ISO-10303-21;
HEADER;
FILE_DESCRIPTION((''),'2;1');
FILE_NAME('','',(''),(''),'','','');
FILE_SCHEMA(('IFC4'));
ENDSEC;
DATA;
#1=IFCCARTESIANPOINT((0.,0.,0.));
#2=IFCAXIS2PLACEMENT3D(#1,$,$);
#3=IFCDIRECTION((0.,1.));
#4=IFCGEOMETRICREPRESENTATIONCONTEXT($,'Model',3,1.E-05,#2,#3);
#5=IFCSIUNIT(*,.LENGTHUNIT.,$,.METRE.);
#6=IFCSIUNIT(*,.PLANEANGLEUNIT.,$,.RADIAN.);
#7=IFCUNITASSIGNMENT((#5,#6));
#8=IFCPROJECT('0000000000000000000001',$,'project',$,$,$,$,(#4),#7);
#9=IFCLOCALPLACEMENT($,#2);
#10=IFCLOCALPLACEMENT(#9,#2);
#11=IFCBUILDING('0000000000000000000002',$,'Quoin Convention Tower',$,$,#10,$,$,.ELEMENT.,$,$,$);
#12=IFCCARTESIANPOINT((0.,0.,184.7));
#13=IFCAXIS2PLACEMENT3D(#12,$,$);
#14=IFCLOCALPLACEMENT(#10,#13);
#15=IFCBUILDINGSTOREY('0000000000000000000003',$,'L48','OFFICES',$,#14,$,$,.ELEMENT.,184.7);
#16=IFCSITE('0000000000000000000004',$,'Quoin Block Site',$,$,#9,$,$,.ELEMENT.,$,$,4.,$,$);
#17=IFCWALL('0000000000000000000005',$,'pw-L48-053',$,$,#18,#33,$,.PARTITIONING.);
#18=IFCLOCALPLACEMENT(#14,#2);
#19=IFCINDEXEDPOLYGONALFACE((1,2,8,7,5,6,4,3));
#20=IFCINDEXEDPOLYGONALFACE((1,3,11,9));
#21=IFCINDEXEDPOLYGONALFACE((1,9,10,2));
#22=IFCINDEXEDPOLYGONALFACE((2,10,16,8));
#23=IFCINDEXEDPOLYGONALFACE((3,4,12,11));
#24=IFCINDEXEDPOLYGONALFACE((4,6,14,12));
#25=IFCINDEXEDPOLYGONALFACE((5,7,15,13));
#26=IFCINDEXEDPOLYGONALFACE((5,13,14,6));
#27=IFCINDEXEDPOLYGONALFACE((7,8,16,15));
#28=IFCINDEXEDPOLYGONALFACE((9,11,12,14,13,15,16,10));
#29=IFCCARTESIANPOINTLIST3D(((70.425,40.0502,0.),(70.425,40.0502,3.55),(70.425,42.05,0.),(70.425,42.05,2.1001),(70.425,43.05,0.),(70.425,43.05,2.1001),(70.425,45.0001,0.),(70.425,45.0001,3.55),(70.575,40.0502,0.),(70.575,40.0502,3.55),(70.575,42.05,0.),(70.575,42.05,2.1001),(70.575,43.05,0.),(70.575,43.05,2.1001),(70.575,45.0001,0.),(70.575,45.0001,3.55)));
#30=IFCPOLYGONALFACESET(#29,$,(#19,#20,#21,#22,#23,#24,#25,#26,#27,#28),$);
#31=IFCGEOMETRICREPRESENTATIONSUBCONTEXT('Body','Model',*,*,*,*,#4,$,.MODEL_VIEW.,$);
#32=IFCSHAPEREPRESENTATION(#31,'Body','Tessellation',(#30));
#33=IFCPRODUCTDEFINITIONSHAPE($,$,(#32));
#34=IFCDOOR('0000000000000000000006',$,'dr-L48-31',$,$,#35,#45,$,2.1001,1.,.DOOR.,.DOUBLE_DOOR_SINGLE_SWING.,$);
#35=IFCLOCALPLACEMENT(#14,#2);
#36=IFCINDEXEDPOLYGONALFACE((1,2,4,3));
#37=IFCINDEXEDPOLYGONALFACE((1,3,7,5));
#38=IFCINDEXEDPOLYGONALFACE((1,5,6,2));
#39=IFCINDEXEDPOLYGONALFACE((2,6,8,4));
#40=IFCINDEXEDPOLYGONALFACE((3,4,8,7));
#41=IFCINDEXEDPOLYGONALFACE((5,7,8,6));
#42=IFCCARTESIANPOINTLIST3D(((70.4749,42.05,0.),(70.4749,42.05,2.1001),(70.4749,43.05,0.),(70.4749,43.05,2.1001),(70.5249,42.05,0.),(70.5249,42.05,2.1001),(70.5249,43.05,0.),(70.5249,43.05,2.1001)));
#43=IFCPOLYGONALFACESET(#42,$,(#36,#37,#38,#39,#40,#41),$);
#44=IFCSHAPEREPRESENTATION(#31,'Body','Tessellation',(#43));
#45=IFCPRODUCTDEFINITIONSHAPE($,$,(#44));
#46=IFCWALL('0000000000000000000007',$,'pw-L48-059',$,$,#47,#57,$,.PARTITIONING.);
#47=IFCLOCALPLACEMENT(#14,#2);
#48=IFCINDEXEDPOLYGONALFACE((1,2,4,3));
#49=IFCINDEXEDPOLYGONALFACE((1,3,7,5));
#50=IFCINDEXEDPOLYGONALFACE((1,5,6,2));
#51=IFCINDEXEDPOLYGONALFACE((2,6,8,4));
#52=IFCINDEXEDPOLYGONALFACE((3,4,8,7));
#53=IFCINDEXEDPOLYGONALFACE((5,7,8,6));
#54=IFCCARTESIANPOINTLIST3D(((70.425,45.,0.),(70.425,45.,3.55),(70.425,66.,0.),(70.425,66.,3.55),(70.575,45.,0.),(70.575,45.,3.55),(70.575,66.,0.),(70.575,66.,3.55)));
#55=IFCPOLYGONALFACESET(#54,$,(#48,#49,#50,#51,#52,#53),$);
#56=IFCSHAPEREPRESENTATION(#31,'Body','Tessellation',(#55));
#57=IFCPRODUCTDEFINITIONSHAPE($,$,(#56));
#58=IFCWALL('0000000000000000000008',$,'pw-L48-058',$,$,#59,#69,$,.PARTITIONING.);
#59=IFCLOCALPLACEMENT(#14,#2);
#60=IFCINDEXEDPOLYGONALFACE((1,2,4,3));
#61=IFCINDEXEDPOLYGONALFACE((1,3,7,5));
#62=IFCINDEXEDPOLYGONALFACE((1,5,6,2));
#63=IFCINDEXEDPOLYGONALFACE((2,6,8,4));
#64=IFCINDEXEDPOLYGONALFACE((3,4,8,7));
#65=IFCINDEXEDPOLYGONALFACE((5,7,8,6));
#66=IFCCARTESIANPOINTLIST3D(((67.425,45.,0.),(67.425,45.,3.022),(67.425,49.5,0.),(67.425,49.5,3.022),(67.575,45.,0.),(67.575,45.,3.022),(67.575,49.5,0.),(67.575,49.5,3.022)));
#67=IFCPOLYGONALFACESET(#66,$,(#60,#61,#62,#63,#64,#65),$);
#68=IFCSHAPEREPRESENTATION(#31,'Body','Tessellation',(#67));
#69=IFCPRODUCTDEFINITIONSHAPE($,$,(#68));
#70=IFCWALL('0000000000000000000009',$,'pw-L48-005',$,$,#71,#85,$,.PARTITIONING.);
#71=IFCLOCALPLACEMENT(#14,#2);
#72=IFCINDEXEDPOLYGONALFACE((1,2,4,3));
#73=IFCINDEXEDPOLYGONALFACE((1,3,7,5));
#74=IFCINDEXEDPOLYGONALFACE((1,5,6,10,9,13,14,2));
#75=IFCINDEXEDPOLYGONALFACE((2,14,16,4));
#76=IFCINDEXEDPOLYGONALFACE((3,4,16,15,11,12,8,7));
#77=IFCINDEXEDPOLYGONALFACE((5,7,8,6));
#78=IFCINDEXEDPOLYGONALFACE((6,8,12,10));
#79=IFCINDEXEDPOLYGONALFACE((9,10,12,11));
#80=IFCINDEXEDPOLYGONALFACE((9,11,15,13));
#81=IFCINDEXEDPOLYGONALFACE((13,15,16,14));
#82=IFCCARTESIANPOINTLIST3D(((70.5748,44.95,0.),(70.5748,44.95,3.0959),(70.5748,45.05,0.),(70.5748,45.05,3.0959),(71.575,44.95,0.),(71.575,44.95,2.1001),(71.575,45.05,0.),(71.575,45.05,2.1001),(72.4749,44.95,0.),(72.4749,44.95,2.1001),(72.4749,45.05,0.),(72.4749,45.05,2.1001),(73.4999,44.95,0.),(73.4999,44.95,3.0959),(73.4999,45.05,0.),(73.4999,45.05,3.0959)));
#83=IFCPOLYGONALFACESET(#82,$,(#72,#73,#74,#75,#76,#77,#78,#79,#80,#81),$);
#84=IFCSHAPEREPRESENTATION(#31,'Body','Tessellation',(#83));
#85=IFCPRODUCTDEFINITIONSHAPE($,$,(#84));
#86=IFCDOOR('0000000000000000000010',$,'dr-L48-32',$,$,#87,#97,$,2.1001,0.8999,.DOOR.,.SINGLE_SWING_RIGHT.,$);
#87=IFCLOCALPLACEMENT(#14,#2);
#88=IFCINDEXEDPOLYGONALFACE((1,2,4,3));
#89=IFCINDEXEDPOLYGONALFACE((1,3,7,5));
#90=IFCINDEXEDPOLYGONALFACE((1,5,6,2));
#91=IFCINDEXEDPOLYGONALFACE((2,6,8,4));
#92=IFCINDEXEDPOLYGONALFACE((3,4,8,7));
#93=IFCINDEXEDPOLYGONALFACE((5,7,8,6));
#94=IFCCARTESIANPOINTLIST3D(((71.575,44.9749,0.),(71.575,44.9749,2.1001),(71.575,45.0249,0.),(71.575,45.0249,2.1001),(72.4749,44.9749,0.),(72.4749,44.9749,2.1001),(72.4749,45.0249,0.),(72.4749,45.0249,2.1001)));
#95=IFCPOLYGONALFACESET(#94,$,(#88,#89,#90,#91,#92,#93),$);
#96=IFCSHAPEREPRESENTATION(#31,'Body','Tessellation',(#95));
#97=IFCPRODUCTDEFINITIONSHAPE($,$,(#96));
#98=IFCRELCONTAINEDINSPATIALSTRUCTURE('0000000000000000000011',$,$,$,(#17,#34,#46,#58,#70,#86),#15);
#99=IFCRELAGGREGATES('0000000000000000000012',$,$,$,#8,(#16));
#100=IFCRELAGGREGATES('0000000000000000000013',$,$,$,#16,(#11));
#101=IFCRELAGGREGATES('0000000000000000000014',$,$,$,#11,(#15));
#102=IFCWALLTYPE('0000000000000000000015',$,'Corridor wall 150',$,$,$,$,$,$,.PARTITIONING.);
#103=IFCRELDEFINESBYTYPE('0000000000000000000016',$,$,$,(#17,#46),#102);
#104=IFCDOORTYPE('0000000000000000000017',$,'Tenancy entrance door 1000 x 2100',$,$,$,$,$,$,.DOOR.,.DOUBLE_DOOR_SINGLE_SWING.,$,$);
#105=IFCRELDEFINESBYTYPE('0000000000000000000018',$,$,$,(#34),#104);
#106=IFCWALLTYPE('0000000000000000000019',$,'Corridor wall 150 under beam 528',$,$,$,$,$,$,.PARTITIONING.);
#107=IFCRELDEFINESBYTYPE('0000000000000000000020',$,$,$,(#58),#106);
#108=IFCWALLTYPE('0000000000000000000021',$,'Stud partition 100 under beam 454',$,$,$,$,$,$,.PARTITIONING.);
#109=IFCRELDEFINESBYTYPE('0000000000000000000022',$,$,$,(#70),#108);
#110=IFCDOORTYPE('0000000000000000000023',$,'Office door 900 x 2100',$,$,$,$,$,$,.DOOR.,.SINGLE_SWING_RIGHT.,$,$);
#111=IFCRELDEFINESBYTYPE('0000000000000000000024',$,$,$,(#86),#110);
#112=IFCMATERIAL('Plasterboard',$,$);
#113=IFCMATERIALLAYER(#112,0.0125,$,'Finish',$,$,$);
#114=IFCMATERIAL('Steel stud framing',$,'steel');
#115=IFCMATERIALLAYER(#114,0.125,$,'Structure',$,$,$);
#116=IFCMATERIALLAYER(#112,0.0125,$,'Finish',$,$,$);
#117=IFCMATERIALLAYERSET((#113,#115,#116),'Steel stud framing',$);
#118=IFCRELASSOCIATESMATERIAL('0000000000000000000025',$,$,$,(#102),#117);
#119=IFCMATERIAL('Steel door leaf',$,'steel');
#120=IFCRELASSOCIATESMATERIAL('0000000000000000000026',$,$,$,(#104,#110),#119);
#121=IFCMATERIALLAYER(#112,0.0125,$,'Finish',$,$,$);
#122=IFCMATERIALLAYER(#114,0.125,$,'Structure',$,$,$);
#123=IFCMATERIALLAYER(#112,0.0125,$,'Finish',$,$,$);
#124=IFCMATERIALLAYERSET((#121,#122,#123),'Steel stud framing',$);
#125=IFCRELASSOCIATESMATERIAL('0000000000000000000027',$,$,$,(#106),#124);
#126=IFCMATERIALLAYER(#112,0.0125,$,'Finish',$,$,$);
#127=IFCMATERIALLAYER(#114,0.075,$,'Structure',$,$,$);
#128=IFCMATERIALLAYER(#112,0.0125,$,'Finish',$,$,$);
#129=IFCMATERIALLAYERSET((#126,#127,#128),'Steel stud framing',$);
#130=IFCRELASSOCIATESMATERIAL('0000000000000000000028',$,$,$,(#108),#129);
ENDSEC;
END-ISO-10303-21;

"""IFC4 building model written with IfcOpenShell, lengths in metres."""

from ifc_helpers import new_model, si_unit, direction, frame, frame_2d, origin, place, context, subcontext, project, spatial, rectangle, extrude, material, layer, layer_set, type_object, element, fill, save


model = new_model("IFC4")

# Units and contexts
model_context = context("Model", 3, precision=1e-05, world=origin(), true_north=direction((0.0, 1.0)))
body_context = subcontext(model_context, "Body", "Model", "MODEL_VIEW")
ifc_project = project(units=[si_unit("LENGTHUNIT", "METRE"), si_unit("PLANEANGLEUNIT", "RADIAN")], contexts=[model_context])

# Site, building, storey
site_placement = place(None, origin())
site = spatial("IfcSite", under=ifc_project, at=site_placement, Name="Quoin Block Site", CompositionType="ELEMENT", RefElevation=4.0)
building_placement = place(site_placement, origin())
building = spatial("IfcBuilding", under=site, at=building_placement, Name="Quoin Convention Tower", CompositionType="ELEMENT")
storey_placement = place(building_placement, frame((0.0, 0.0, 184.7)))
storey = spatial("IfcBuildingStorey", under=building, at=storey_placement, Name="L48", Description="OFFICES", CompositionType="ELEMENT", Elevation=184.7)

# Wall, opening, door
ifc_material_1 = material(Name="Plasterboard")
ifc_layer_1 = layer(ifc_material_1, 0.0125, Name="Finish")
ifc_material_2 = material(Name="Steel stud framing", Category="steel")
ifc_layer_2 = layer(ifc_material_2, 0.125, Name="Structure")
ifc_layer_3 = layer(ifc_material_1, 0.0125, Name="Finish")
ifc_layer_set_1 = layer_set([ifc_layer_1, ifc_layer_2, ifc_layer_3], Name="Steel stud framing")
wall_type_1 = type_object("IfcWallType", Name="Corridor wall 150", PredefinedType="PARTITIONING", material=ifc_layer_set_1)
wall_1_placement = place(storey_placement, frame((70.5, 40.05, 0.0), z_axis=(0.0, 0.0, 1.0), x_axis=(0.0, 1.0, 0.0)))
wall_1 = element("IfcWall", 1, at=wall_1_placement, inside=storey, type_object=wall_type_1, Name="pw-L48-053", PredefinedType="PARTITIONING", context=body_context, shape_type="SweptSolid", body=[
    extrude(rectangle(XDim=4.95, YDim=0.1499, at=frame_2d((2.4751, 0.0))), origin(), (0.0, 0.0, 1.0), 3.55),
])
opening_1_placement = place(wall_1_placement, frame((2.0, 0.0, 0.0)))
opening_1 = element("IfcOpeningElement", 2, at=opening_1_placement, cuts=wall_1, PredefinedType="OPENING", context=body_context, shape_type="SweptSolid", body=[
    extrude(rectangle(XDim=1.0, YDim=2.1001, at=frame_2d((0.5, 1.05))), frame((0.0, 0.085, 0.0), z_axis=(0.0, -1.0, 0.0), x_axis=(1.0, 0.0, 0.0)), (0.0, 0.0, 1.0), 0.1699),
])
ifc_material_3 = material(Name="Steel door leaf", Category="steel")
door_type_1 = type_object("IfcDoorType", Name="Tenancy entrance door 1000 x 2100", OperationType="DOUBLE_DOOR_SINGLE_SWING", PredefinedType="DOOR", material=ifc_material_3)
door_1_placement = place(opening_1_placement, frame((1.0, 0.0, 0.0), z_axis=(0.0, 0.0, 1.0), x_axis=(-1.0, 0.0, 0.0)))
door_1 = element("IfcDoor", 3, at=door_1_placement, inside=storey, type_object=door_type_1, Name="dr-L48-31", OperationType="DOUBLE_DOOR_SINGLE_SWING", OverallHeight=2.1001, OverallWidth=1.0, PredefinedType="DOOR", context=body_context, shape_type="SweptSolid", body=[
    extrude(rectangle(XDim=1.0, YDim=2.1001, at=frame_2d((0.5, 1.05))), frame((0.0, 0.0249, 0.0), z_axis=(0.0, -1.0, 0.0), x_axis=(1.0, 0.0, 0.0)), (0.0, 0.0, 1.0), 0.05),
])
fill(opening_1, door_1)

# Walls
wall_2_placement = place(storey_placement, frame((70.5, 45.0, 0.0), z_axis=(0.0, 0.0, 1.0), x_axis=(0.0, 1.0, 0.0)))
element("IfcWall", 4, at=wall_2_placement, inside=storey, type_object=wall_type_1, Name="pw-L48-059", PredefinedType="PARTITIONING", context=body_context, shape_type="SweptSolid", body=[
    extrude(rectangle(XDim=21.0, YDim=0.1499, at=frame_2d((10.5, 0.0))), origin(), (0.0, 0.0, 1.0), 3.55),
])
ifc_layer_4 = layer(ifc_material_1, 0.0125, Name="Finish")
ifc_layer_5 = layer(ifc_material_2, 0.125, Name="Structure")
ifc_layer_6 = layer(ifc_material_1, 0.0125, Name="Finish")
ifc_layer_set_2 = layer_set([ifc_layer_4, ifc_layer_5, ifc_layer_6], Name="Steel stud framing")
wall_type_2 = type_object("IfcWallType", Name="Corridor wall 150 under beam 528", PredefinedType="PARTITIONING", material=ifc_layer_set_2)
wall_3_placement = place(storey_placement, frame((67.5, 45.0, 0.0), z_axis=(0.0, 0.0, 1.0), x_axis=(0.0, 1.0, 0.0)))
element("IfcWall", 5, at=wall_3_placement, inside=storey, type_object=wall_type_2, Name="pw-L48-058", PredefinedType="PARTITIONING", context=body_context, shape_type="SweptSolid", body=[
    extrude(rectangle(XDim=4.5, YDim=0.1499, at=frame_2d((2.25, 0.0))), origin(), (0.0, 0.0, 1.0), 3.022),
])

# Wall, opening, door
ifc_layer_7 = layer(ifc_material_1, 0.0125, Name="Finish")
ifc_layer_8 = layer(ifc_material_2, 0.075, Name="Structure")
ifc_layer_9 = layer(ifc_material_1, 0.0125, Name="Finish")
ifc_layer_set_3 = layer_set([ifc_layer_7, ifc_layer_8, ifc_layer_9], Name="Steel stud framing")
wall_type_3 = type_object("IfcWallType", Name="Stud partition 100 under beam 454", PredefinedType="PARTITIONING", material=ifc_layer_set_3)
wall_4_placement = place(storey_placement, frame((70.575, 45.0, 0.0), z_axis=(0.0, 0.0, 1.0), x_axis=(1.0, 0.0, 0.0)))
wall_4 = element("IfcWall", 6, at=wall_4_placement, inside=storey, type_object=wall_type_3, Name="pw-L48-005", PredefinedType="PARTITIONING", context=body_context, shape_type="SweptSolid", body=[
    extrude(rectangle(XDim=2.925, YDim=0.1001, at=frame_2d((1.4624, 0.0))), origin(), (0.0, 0.0, 1.0), 3.0959),
])
opening_2_placement = place(wall_4_placement, frame((1.0, 0.0, 0.0)))
opening_2 = element("IfcOpeningElement", 7, at=opening_2_placement, cuts=wall_4, PredefinedType="OPENING", context=body_context, shape_type="SweptSolid", body=[
    extrude(rectangle(XDim=0.8999, YDim=2.1001, at=frame_2d((0.45, 1.05))), frame((0.0, 0.0601, 0.0), z_axis=(0.0, -1.0, 0.0), x_axis=(1.0, 0.0, 0.0)), (0.0, 0.0, 1.0), 0.1201),
])
door_type_2 = type_object("IfcDoorType", Name="Office door 900 x 2100", OperationType="SINGLE_SWING_RIGHT", PredefinedType="DOOR", material=ifc_material_3)
door_2_placement = place(opening_2_placement, origin())
door_2 = element("IfcDoor", 8, at=door_2_placement, inside=storey, type_object=door_type_2, Name="dr-L48-32", OperationType="SINGLE_SWING_RIGHT", OverallHeight=2.1001, OverallWidth=0.8999, PredefinedType="DOOR", context=body_context, shape_type="SweptSolid", body=[
    extrude(rectangle(XDim=0.8999, YDim=2.1001, at=frame_2d((0.45, 1.05))), frame((0.0, 0.0249, 0.0), z_axis=(0.0, -1.0, 0.0), x_axis=(1.0, 0.0, 0.0)), (0.0, 0.0, 1.0), 0.05),
])
fill(opening_2, door_2)

save(model, "model.ifc")
